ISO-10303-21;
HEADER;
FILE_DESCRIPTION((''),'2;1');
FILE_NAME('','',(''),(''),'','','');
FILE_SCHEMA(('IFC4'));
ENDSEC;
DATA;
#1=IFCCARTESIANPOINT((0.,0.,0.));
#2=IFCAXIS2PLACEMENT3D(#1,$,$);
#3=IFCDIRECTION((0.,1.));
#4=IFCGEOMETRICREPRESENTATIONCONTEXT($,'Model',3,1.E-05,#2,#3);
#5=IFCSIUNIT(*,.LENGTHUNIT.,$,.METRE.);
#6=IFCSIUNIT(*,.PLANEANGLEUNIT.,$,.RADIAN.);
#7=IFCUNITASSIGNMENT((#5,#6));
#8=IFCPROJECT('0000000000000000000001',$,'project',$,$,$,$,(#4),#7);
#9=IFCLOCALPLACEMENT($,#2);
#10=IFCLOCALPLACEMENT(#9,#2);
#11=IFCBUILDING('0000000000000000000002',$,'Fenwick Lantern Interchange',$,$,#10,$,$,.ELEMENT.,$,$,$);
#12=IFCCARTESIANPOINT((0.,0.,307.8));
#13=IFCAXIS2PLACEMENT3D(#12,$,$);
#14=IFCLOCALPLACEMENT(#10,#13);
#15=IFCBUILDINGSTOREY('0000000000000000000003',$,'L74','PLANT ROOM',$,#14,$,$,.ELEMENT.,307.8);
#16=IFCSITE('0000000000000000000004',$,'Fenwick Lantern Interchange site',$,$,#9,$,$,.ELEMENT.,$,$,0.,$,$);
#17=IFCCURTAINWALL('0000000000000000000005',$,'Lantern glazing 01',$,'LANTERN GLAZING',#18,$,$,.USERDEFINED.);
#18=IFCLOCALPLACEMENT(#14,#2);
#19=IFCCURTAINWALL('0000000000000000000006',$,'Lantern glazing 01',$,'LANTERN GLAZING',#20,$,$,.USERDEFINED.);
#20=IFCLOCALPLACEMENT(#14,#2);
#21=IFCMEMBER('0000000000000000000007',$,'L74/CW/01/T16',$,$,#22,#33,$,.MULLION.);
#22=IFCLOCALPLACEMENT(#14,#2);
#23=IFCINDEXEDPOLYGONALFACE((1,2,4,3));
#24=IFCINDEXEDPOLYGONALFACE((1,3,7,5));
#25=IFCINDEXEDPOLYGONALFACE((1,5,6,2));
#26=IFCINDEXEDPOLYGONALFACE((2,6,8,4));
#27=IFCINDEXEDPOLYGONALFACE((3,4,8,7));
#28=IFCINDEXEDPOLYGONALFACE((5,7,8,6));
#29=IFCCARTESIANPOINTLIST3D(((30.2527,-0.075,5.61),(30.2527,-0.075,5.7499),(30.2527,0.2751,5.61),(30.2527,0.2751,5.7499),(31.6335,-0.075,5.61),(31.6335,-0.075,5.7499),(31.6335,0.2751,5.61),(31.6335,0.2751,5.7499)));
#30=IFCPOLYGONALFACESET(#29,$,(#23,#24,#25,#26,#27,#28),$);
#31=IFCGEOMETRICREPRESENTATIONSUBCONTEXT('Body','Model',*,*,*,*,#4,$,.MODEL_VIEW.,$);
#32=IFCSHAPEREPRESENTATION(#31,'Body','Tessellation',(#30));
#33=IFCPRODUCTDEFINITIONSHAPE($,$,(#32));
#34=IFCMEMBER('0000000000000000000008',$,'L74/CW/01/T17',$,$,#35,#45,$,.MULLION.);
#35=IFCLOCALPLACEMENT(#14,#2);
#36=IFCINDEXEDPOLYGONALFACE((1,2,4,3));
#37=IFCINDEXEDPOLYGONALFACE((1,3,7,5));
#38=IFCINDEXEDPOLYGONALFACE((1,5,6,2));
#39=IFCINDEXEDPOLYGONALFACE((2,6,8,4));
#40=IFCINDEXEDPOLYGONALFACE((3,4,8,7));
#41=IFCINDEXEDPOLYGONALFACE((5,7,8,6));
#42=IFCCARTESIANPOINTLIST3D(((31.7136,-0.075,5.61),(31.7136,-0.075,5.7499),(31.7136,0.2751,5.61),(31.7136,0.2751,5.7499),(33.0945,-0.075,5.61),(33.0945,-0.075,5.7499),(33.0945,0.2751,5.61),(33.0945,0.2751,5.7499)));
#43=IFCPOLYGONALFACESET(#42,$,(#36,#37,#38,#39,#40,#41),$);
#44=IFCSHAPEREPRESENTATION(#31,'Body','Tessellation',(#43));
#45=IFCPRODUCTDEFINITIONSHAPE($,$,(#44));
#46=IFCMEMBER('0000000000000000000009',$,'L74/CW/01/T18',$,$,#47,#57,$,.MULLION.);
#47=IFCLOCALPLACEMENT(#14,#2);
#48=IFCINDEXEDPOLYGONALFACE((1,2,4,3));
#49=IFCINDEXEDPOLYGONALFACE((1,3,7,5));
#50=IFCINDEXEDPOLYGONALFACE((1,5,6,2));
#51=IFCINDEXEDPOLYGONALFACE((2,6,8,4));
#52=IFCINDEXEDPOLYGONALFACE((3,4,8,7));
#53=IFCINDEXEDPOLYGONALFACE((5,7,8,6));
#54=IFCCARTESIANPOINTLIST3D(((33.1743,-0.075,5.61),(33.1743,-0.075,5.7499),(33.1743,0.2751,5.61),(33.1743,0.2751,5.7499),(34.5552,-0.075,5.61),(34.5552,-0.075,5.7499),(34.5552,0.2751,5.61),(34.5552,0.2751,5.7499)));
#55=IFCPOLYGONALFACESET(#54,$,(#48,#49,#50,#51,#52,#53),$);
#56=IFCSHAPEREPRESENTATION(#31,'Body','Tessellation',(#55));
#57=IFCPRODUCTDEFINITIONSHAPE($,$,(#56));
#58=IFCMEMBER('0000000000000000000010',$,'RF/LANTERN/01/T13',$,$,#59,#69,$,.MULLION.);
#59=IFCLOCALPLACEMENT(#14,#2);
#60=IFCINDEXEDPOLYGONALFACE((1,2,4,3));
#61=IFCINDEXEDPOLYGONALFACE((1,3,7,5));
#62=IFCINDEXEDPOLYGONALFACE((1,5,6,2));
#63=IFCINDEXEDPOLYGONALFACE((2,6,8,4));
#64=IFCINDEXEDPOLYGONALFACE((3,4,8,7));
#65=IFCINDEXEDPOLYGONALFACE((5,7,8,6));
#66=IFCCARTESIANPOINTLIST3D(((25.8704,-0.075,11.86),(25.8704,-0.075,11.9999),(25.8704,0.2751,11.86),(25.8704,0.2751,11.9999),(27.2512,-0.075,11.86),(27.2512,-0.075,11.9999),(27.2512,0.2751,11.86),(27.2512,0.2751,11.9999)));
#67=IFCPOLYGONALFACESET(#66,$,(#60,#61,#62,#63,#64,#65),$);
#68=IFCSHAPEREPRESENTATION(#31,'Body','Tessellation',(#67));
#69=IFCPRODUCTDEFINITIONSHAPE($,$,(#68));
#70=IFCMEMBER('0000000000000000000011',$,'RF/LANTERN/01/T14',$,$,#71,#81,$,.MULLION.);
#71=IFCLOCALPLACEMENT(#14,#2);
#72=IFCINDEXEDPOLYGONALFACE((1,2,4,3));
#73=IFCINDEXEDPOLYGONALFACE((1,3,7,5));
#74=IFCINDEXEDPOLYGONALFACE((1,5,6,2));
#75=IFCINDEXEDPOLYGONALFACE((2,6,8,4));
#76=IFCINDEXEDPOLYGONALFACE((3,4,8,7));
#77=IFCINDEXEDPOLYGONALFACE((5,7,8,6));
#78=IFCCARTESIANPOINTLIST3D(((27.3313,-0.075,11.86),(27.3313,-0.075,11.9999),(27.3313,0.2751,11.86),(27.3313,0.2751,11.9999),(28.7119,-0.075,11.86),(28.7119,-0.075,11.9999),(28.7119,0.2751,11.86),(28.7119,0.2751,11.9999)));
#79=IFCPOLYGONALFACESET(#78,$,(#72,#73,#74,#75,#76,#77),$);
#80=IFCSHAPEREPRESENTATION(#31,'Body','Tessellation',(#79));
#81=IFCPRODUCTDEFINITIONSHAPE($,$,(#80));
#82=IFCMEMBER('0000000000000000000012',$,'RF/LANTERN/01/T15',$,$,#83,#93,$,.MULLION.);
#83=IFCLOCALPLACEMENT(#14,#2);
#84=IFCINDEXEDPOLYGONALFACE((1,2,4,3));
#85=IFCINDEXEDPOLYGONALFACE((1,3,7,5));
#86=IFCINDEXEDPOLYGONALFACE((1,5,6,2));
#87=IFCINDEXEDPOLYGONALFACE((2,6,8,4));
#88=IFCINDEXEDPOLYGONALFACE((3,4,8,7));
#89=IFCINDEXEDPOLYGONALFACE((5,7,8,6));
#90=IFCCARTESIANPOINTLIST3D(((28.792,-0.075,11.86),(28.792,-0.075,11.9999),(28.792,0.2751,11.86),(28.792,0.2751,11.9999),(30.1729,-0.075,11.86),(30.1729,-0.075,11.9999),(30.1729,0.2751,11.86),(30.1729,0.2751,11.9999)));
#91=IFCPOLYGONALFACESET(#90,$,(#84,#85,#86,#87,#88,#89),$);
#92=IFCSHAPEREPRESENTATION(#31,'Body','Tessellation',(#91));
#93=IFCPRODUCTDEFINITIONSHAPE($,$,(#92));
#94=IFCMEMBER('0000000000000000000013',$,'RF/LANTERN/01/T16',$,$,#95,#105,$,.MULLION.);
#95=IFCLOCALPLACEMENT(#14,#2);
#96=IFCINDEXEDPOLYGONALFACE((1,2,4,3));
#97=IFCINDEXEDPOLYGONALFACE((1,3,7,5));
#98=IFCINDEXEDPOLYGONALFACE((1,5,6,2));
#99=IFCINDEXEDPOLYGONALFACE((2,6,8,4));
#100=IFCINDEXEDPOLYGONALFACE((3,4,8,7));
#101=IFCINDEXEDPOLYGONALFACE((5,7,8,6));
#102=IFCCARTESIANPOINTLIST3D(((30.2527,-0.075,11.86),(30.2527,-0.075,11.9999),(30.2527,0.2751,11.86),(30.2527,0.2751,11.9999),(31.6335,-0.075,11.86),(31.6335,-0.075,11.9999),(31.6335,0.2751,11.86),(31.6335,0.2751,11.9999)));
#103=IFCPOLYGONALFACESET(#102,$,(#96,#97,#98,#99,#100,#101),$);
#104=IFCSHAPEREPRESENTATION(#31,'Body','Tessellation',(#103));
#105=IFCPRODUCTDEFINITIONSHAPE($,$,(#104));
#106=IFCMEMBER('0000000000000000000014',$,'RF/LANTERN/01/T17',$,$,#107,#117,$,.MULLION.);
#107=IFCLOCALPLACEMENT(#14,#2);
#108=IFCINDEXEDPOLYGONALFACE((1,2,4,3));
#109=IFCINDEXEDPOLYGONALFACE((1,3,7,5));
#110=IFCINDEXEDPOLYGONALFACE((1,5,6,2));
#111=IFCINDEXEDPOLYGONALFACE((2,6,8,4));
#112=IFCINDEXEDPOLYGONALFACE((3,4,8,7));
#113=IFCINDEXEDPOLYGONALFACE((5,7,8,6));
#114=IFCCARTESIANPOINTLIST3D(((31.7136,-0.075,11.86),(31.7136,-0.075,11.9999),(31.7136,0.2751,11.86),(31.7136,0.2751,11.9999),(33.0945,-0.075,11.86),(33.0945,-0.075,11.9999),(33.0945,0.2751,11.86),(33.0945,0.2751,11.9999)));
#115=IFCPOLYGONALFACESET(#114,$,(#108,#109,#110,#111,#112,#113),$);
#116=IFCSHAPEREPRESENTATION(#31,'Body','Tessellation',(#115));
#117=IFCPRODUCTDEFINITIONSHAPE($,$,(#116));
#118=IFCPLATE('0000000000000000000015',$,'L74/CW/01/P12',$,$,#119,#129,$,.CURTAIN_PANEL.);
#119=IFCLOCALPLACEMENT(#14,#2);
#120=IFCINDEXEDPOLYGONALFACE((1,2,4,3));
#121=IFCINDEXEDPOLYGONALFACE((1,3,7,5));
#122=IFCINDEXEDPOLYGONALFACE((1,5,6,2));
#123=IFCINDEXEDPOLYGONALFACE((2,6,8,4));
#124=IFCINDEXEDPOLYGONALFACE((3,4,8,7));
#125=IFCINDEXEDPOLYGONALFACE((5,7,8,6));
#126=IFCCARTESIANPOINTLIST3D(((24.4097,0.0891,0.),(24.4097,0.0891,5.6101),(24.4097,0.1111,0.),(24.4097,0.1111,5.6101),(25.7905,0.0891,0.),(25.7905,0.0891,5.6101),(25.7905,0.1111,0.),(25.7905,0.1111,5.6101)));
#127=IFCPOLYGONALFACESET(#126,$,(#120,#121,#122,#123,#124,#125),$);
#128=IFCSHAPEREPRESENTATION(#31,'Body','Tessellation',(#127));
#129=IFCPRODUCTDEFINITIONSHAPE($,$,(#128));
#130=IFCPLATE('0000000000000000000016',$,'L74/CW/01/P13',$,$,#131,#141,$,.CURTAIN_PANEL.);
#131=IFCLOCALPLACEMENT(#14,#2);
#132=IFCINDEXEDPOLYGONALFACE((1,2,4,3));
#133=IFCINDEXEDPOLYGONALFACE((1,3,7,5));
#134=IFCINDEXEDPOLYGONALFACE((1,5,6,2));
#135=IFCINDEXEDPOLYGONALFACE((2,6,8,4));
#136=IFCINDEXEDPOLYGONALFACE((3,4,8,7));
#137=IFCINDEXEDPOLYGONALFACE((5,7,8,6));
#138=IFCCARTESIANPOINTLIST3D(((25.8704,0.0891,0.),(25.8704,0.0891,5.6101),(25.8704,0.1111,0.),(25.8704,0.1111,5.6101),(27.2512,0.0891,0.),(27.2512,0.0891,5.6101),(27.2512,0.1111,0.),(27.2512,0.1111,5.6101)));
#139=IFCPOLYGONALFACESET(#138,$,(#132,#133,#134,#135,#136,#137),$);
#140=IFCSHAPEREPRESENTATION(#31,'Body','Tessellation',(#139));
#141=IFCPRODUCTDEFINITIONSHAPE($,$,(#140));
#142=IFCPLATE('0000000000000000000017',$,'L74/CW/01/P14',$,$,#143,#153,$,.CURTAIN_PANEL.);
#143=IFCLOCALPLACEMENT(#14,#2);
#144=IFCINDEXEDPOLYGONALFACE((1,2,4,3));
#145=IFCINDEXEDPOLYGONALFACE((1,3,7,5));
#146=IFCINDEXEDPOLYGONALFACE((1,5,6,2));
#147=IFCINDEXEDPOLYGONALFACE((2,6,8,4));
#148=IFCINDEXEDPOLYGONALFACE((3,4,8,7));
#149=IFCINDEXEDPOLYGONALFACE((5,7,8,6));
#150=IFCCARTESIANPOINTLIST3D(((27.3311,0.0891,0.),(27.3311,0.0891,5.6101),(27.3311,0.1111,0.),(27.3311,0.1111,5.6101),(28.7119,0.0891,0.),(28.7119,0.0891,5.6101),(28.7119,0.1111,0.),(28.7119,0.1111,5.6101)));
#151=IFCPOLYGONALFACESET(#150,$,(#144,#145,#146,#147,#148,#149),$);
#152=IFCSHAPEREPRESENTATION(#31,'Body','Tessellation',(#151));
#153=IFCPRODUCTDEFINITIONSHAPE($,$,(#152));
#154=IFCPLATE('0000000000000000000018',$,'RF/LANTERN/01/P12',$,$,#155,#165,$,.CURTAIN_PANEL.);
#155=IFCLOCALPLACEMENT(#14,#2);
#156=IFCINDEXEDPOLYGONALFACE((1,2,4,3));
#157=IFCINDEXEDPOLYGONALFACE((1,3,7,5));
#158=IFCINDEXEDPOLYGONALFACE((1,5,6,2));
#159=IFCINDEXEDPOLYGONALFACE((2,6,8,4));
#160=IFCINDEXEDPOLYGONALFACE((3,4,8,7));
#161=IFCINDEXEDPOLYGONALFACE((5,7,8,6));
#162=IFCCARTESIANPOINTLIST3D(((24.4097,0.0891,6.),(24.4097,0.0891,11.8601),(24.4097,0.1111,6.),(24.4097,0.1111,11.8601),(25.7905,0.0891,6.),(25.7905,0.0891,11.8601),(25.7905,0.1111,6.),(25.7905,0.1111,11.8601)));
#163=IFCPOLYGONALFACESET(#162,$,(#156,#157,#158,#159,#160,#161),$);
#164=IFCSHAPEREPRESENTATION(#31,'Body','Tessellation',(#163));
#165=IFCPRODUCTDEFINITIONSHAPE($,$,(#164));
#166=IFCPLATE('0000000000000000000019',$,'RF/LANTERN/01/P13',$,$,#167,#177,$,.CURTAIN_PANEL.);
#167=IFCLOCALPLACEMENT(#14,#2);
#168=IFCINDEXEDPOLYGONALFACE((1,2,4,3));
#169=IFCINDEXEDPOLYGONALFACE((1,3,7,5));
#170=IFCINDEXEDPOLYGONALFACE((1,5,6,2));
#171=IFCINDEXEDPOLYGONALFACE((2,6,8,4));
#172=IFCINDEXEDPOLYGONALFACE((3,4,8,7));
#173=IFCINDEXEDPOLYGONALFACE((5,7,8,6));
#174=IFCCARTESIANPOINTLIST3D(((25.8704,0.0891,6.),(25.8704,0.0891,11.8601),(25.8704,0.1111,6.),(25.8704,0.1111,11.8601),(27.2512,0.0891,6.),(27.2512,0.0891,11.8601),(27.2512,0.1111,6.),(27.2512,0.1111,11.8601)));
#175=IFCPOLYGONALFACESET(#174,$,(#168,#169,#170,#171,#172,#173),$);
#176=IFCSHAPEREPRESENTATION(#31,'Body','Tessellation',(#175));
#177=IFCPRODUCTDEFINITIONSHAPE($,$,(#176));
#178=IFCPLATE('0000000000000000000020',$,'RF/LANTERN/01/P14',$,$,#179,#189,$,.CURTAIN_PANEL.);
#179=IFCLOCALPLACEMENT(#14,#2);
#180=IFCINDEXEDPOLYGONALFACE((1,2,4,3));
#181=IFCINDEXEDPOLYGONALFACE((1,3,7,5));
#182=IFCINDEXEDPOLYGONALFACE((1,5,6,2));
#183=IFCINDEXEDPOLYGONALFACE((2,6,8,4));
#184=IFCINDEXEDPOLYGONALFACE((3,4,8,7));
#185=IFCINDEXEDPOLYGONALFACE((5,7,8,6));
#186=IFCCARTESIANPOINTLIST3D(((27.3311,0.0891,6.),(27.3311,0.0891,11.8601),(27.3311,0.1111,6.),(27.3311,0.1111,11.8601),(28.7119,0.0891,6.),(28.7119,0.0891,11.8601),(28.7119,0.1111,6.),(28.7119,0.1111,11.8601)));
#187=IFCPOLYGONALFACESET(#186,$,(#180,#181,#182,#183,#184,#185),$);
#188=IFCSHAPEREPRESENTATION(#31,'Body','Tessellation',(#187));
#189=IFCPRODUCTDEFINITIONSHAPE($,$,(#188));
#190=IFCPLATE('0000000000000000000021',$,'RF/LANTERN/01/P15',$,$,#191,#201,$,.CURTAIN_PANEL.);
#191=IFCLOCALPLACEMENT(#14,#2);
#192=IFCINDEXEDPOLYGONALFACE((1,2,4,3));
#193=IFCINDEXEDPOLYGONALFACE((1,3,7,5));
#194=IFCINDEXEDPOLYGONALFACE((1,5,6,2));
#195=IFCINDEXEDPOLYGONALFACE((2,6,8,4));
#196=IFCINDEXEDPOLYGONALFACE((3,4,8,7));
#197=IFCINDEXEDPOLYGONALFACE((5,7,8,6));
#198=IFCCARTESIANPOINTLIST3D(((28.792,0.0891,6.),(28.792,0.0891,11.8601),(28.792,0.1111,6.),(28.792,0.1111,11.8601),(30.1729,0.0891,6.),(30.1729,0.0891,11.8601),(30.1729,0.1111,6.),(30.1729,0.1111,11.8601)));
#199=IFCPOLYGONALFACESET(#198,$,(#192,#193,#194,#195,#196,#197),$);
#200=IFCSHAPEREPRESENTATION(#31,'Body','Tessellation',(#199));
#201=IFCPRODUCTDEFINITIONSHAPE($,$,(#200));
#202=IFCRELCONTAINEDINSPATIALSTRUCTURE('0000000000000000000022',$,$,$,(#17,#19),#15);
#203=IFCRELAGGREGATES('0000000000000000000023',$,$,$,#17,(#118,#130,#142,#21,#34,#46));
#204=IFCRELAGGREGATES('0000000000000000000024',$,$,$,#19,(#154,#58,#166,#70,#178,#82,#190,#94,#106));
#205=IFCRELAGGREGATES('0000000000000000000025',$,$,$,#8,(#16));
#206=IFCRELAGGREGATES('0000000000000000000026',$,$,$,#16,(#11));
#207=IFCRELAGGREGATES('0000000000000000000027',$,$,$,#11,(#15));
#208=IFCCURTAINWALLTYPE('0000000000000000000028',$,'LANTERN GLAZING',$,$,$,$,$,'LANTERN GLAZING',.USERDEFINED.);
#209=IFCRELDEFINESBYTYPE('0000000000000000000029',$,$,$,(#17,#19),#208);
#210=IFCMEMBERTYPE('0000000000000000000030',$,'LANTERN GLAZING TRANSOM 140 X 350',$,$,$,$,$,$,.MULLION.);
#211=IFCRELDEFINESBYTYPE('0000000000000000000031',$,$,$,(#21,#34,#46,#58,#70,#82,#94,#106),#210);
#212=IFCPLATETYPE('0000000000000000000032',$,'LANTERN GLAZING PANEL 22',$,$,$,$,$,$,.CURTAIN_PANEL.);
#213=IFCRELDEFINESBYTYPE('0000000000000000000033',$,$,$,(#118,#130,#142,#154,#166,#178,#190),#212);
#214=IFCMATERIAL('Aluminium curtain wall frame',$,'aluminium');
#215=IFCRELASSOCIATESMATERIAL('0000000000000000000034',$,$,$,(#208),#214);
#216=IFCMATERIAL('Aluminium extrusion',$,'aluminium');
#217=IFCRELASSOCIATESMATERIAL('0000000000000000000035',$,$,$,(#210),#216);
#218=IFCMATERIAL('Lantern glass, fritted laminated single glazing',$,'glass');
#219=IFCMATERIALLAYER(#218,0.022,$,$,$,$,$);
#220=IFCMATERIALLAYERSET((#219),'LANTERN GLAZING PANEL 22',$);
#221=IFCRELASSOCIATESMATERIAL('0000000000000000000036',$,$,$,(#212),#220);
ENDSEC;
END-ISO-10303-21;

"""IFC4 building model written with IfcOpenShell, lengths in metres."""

from ifc_helpers import new_model, si_unit, direction, frame, origin, origin_2d, place, context, subcontext, project, spatial, rectangle, extrude, material, layer, layer_set, material_profile, profile_set, type_object, element, aggregate, save


model = new_model("IFC4")

# Units and contexts
model_context = context("Model", 3, precision=1e-05, world=origin(), true_north=direction((0.0, 1.0)))
body_context = subcontext(model_context, "Body", "Model", "MODEL_VIEW")
ifc_project = project(units=[si_unit("LENGTHUNIT", "METRE"), si_unit("PLANEANGLEUNIT", "RADIAN")], contexts=[model_context])

# Site, building, storey
site_placement = place(None, origin())
site = spatial("IfcSite", under=ifc_project, at=site_placement, Name="Fenwick Lantern Interchange site", CompositionType="ELEMENT", RefElevation=0.0)
building_placement = place(site_placement, origin())
building = spatial("IfcBuilding", under=site, at=building_placement, Name="Fenwick Lantern Interchange", CompositionType="ELEMENT")
storey_placement = place(building_placement, frame((0.0, 0.0, 307.8)))
storey = spatial("IfcBuildingStorey", under=building, at=storey_placement, Name="L74", Description="PLANT ROOM", CompositionType="ELEMENT", Elevation=307.8)

# Curtain walls
ifc_material_1 = material(Name="Aluminium curtain wall frame", Category="aluminium")
curtain_wall_type = type_object("IfcCurtainWallType", Name="LANTERN GLAZING", ElementType="LANTERN GLAZING", PredefinedType="USERDEFINED", material=ifc_material_1)
curtain_wall_1_placement = place(storey_placement, origin())
curtain_wall_1 = element("IfcCurtainWall", 1, at=curtain_wall_1_placement, inside=storey, type_object=curtain_wall_type, Name="Lantern glazing 01", ObjectType="LANTERN GLAZING", PredefinedType="USERDEFINED")
ifc_material_2 = material(Name="Aluminium extrusion", Category="aluminium")
curtain_wall_2_placement = place(storey_placement, origin())
curtain_wall_2 = element("IfcCurtainWall", 2, at=curtain_wall_2_placement, inside=storey, type_object=curtain_wall_type, Name="Lantern glazing 01", ObjectType="LANTERN GLAZING", PredefinedType="USERDEFINED")

# Members
ifc_material_profile_1 = material_profile(ifc_material_2, rectangle(XDim=0.3501, YDim=0.1399, at=origin_2d()), Name="LANTERN GLAZING TRANSOM 140 X 350")
ifc_profile_set_1 = profile_set([ifc_material_profile_1], Name="Aluminium extrusion")
member_type_1 = type_object("IfcMemberType", Name="LANTERN GLAZING TRANSOM 140 X 350", PredefinedType="MULLION", material=ifc_profile_set_1)
member_1_placement = place(storey_placement, frame((30.2527, 0.1001, 5.6799), z_axis=(1.0, 0.0, 0.0), x_axis=(0.0, 1.0, 0.0)))
member_1 = element("IfcMember", 3, at=member_1_placement, type_object=member_type_1, Name="L74/CW/01/T16", PredefinedType="MULLION", context=body_context, shape_type="SweptSolid", body=[
    extrude(rectangle(XDim=0.3501, YDim=0.1399, at=origin_2d()), origin(), (0.0, 0.0, 1.0), 1.3809),
])
member_2_placement = place(storey_placement, frame((31.7136, 0.1001, 5.6799), z_axis=(1.0, 0.0, 0.0), x_axis=(0.0, 1.0, 0.0)))
member_2 = element("IfcMember", 4, at=member_2_placement, type_object=member_type_1, Name="L74/CW/01/T17", PredefinedType="MULLION", context=body_context, shape_type="SweptSolid", body=[
    extrude(rectangle(XDim=0.3501, YDim=0.1399, at=origin_2d()), origin(), (0.0, 0.0, 1.0), 1.3809),
])
member_3_placement = place(storey_placement, frame((33.1743, 0.1001, 5.6799), z_axis=(1.0, 0.0, 0.0), x_axis=(0.0, 1.0, 0.0)))
member_3 = element("IfcMember", 5, at=member_3_placement, type_object=member_type_1, Name="L74/CW/01/T18", PredefinedType="MULLION", context=body_context, shape_type="SweptSolid", body=[
    extrude(rectangle(XDim=0.3501, YDim=0.1399, at=origin_2d()), origin(), (0.0, 0.0, 1.0), 1.3809),
])
member_4_placement = place(storey_placement, frame((25.8704, 0.1001, 11.9299), z_axis=(1.0, 0.0, 0.0), x_axis=(0.0, 1.0, 0.0)))
member_4 = element("IfcMember", 6, at=member_4_placement, type_object=member_type_1, Name="RF/LANTERN/01/T13", PredefinedType="MULLION", context=body_context, shape_type="SweptSolid", body=[
    extrude(rectangle(XDim=0.3501, YDim=0.1399, at=origin_2d()), origin(), (0.0, 0.0, 1.0), 1.3809),
])
member_5_placement = place(storey_placement, frame((27.3313, 0.1001, 11.9299), z_axis=(1.0, 0.0, 0.0), x_axis=(0.0, 1.0, 0.0)))
member_5 = element("IfcMember", 7, at=member_5_placement, type_object=member_type_1, Name="RF/LANTERN/01/T14", PredefinedType="MULLION", context=body_context, shape_type="SweptSolid", body=[
    extrude(rectangle(XDim=0.3501, YDim=0.1399, at=origin_2d()), origin(), (0.0, 0.0, 1.0), 1.3806),
])
member_6_placement = place(storey_placement, frame((28.792, 0.1001, 11.9299), z_axis=(1.0, 0.0, 0.0), x_axis=(0.0, 1.0, 0.0)))
member_6 = element("IfcMember", 8, at=member_6_placement, type_object=member_type_1, Name="RF/LANTERN/01/T15", PredefinedType="MULLION", context=body_context, shape_type="SweptSolid", body=[
    extrude(rectangle(XDim=0.3501, YDim=0.1399, at=origin_2d()), origin(), (0.0, 0.0, 1.0), 1.3809),
])
member_7_placement = place(storey_placement, frame((30.2527, 0.1001, 11.9299), z_axis=(1.0, 0.0, 0.0), x_axis=(0.0, 1.0, 0.0)))
member_7 = element("IfcMember", 9, at=member_7_placement, type_object=member_type_1, Name="RF/LANTERN/01/T16", PredefinedType="MULLION", context=body_context, shape_type="SweptSolid", body=[
    extrude(rectangle(XDim=0.3501, YDim=0.1399, at=origin_2d()), origin(), (0.0, 0.0, 1.0), 1.3809),
])
member_8_placement = place(storey_placement, frame((31.7136, 0.1001, 11.9299), z_axis=(1.0, 0.0, 0.0), x_axis=(0.0, 1.0, 0.0)))
member_8 = element("IfcMember", 10, at=member_8_placement, type_object=member_type_1, Name="RF/LANTERN/01/T17", PredefinedType="MULLION", context=body_context, shape_type="SweptSolid", body=[
    extrude(rectangle(XDim=0.3501, YDim=0.1399, at=origin_2d()), origin(), (0.0, 0.0, 1.0), 1.3809),
])

# Plates
ifc_material_3 = material(Name="Lantern glass, fritted laminated single glazing", Category="glass")
ifc_layer_1 = layer(ifc_material_3, 0.022)
ifc_layer_set_1 = layer_set([ifc_layer_1], Name="LANTERN GLAZING PANEL 22")
plate_type = type_object("IfcPlateType", Name="LANTERN GLAZING PANEL 22", PredefinedType="CURTAIN_PANEL", material=ifc_layer_set_1)
plate_1_placement = place(storey_placement, frame((25.1001, 0.1001, 0.0), z_axis=(0.0, 0.0, 1.0), x_axis=(1.0, 0.0, 0.0)))
plate_1 = element("IfcPlate", 11, at=plate_1_placement, type_object=plate_type, Name="L74/CW/01/P12", PredefinedType="CURTAIN_PANEL", context=body_context, shape_type="SweptSolid", body=[
    extrude(rectangle(XDim=1.3809, YDim=0.022, at=origin_2d()), origin(), (0.0, 0.0, 1.0), 5.6101),
])
plate_2_placement = place(storey_placement, frame((26.5608, 0.1001, 0.0), z_axis=(0.0, 0.0, 1.0), x_axis=(1.0, 0.0, 0.0)))
plate_2 = element("IfcPlate", 12, at=plate_2_placement, type_object=plate_type, Name="L74/CW/01/P13", PredefinedType="CURTAIN_PANEL", context=body_context, shape_type="SweptSolid", body=[
    extrude(rectangle(XDim=1.3809, YDim=0.022, at=origin_2d()), origin(), (0.0, 0.0, 1.0), 5.6101),
])
plate_3_placement = place(storey_placement, frame((28.0215, 0.1001, 0.0), z_axis=(0.0, 0.0, 1.0), x_axis=(1.0, 0.0, 0.0)))
plate_3 = element("IfcPlate", 13, at=plate_3_placement, type_object=plate_type, Name="L74/CW/01/P14", PredefinedType="CURTAIN_PANEL", context=body_context, shape_type="SweptSolid", body=[
    extrude(rectangle(XDim=1.3809, YDim=0.022, at=origin_2d()), origin(), (0.0, 0.0, 1.0), 5.6101),
])
aggregate(curtain_wall_1, [plate_1, plate_2, plate_3, member_1, member_2, member_3])
plate_4_placement = place(storey_placement, frame((25.1001, 0.1001, 6.0), z_axis=(0.0, 0.0, 1.0), x_axis=(1.0, 0.0, 0.0)))
plate_4 = element("IfcPlate", 14, at=plate_4_placement, type_object=plate_type, Name="RF/LANTERN/01/P12", PredefinedType="CURTAIN_PANEL", context=body_context, shape_type="SweptSolid", body=[
    extrude(rectangle(XDim=1.3809, YDim=0.022, at=origin_2d()), origin(), (0.0, 0.0, 1.0), 5.8601),
])
plate_5_placement = place(storey_placement, frame((26.5608, 0.1001, 6.0), z_axis=(0.0, 0.0, 1.0), x_axis=(1.0, 0.0, 0.0)))
plate_5 = element("IfcPlate", 15, at=plate_5_placement, type_object=plate_type, Name="RF/LANTERN/01/P13", PredefinedType="CURTAIN_PANEL", context=body_context, shape_type="SweptSolid", body=[
    extrude(rectangle(XDim=1.3809, YDim=0.022, at=origin_2d()), origin(), (0.0, 0.0, 1.0), 5.8601),
])
plate_6_placement = place(storey_placement, frame((28.0215, 0.1001, 6.0), z_axis=(0.0, 0.0, 1.0), x_axis=(1.0, 0.0, 0.0)))
plate_6 = element("IfcPlate", 16, at=plate_6_placement, type_object=plate_type, Name="RF/LANTERN/01/P14", PredefinedType="CURTAIN_PANEL", context=body_context, shape_type="SweptSolid", body=[
    extrude(rectangle(XDim=1.3809, YDim=0.022, at=origin_2d()), origin(), (0.0, 0.0, 1.0), 5.8601),
])
plate_7_placement = place(storey_placement, frame((29.4824, 0.1001, 6.0), z_axis=(0.0, 0.0, 1.0), x_axis=(1.0, 0.0, 0.0)))
plate_7 = element("IfcPlate", 17, at=plate_7_placement, type_object=plate_type, Name="RF/LANTERN/01/P15", PredefinedType="CURTAIN_PANEL", context=body_context, shape_type="SweptSolid", body=[
    extrude(rectangle(XDim=1.3809, YDim=0.022, at=origin_2d()), origin(), (0.0, 0.0, 1.0), 5.8601),
])
aggregate(curtain_wall_2, [plate_4, member_4, plate_5, member_5, plate_6, member_6, plate_7, member_7, member_8])

save(model, "model.ifc")
